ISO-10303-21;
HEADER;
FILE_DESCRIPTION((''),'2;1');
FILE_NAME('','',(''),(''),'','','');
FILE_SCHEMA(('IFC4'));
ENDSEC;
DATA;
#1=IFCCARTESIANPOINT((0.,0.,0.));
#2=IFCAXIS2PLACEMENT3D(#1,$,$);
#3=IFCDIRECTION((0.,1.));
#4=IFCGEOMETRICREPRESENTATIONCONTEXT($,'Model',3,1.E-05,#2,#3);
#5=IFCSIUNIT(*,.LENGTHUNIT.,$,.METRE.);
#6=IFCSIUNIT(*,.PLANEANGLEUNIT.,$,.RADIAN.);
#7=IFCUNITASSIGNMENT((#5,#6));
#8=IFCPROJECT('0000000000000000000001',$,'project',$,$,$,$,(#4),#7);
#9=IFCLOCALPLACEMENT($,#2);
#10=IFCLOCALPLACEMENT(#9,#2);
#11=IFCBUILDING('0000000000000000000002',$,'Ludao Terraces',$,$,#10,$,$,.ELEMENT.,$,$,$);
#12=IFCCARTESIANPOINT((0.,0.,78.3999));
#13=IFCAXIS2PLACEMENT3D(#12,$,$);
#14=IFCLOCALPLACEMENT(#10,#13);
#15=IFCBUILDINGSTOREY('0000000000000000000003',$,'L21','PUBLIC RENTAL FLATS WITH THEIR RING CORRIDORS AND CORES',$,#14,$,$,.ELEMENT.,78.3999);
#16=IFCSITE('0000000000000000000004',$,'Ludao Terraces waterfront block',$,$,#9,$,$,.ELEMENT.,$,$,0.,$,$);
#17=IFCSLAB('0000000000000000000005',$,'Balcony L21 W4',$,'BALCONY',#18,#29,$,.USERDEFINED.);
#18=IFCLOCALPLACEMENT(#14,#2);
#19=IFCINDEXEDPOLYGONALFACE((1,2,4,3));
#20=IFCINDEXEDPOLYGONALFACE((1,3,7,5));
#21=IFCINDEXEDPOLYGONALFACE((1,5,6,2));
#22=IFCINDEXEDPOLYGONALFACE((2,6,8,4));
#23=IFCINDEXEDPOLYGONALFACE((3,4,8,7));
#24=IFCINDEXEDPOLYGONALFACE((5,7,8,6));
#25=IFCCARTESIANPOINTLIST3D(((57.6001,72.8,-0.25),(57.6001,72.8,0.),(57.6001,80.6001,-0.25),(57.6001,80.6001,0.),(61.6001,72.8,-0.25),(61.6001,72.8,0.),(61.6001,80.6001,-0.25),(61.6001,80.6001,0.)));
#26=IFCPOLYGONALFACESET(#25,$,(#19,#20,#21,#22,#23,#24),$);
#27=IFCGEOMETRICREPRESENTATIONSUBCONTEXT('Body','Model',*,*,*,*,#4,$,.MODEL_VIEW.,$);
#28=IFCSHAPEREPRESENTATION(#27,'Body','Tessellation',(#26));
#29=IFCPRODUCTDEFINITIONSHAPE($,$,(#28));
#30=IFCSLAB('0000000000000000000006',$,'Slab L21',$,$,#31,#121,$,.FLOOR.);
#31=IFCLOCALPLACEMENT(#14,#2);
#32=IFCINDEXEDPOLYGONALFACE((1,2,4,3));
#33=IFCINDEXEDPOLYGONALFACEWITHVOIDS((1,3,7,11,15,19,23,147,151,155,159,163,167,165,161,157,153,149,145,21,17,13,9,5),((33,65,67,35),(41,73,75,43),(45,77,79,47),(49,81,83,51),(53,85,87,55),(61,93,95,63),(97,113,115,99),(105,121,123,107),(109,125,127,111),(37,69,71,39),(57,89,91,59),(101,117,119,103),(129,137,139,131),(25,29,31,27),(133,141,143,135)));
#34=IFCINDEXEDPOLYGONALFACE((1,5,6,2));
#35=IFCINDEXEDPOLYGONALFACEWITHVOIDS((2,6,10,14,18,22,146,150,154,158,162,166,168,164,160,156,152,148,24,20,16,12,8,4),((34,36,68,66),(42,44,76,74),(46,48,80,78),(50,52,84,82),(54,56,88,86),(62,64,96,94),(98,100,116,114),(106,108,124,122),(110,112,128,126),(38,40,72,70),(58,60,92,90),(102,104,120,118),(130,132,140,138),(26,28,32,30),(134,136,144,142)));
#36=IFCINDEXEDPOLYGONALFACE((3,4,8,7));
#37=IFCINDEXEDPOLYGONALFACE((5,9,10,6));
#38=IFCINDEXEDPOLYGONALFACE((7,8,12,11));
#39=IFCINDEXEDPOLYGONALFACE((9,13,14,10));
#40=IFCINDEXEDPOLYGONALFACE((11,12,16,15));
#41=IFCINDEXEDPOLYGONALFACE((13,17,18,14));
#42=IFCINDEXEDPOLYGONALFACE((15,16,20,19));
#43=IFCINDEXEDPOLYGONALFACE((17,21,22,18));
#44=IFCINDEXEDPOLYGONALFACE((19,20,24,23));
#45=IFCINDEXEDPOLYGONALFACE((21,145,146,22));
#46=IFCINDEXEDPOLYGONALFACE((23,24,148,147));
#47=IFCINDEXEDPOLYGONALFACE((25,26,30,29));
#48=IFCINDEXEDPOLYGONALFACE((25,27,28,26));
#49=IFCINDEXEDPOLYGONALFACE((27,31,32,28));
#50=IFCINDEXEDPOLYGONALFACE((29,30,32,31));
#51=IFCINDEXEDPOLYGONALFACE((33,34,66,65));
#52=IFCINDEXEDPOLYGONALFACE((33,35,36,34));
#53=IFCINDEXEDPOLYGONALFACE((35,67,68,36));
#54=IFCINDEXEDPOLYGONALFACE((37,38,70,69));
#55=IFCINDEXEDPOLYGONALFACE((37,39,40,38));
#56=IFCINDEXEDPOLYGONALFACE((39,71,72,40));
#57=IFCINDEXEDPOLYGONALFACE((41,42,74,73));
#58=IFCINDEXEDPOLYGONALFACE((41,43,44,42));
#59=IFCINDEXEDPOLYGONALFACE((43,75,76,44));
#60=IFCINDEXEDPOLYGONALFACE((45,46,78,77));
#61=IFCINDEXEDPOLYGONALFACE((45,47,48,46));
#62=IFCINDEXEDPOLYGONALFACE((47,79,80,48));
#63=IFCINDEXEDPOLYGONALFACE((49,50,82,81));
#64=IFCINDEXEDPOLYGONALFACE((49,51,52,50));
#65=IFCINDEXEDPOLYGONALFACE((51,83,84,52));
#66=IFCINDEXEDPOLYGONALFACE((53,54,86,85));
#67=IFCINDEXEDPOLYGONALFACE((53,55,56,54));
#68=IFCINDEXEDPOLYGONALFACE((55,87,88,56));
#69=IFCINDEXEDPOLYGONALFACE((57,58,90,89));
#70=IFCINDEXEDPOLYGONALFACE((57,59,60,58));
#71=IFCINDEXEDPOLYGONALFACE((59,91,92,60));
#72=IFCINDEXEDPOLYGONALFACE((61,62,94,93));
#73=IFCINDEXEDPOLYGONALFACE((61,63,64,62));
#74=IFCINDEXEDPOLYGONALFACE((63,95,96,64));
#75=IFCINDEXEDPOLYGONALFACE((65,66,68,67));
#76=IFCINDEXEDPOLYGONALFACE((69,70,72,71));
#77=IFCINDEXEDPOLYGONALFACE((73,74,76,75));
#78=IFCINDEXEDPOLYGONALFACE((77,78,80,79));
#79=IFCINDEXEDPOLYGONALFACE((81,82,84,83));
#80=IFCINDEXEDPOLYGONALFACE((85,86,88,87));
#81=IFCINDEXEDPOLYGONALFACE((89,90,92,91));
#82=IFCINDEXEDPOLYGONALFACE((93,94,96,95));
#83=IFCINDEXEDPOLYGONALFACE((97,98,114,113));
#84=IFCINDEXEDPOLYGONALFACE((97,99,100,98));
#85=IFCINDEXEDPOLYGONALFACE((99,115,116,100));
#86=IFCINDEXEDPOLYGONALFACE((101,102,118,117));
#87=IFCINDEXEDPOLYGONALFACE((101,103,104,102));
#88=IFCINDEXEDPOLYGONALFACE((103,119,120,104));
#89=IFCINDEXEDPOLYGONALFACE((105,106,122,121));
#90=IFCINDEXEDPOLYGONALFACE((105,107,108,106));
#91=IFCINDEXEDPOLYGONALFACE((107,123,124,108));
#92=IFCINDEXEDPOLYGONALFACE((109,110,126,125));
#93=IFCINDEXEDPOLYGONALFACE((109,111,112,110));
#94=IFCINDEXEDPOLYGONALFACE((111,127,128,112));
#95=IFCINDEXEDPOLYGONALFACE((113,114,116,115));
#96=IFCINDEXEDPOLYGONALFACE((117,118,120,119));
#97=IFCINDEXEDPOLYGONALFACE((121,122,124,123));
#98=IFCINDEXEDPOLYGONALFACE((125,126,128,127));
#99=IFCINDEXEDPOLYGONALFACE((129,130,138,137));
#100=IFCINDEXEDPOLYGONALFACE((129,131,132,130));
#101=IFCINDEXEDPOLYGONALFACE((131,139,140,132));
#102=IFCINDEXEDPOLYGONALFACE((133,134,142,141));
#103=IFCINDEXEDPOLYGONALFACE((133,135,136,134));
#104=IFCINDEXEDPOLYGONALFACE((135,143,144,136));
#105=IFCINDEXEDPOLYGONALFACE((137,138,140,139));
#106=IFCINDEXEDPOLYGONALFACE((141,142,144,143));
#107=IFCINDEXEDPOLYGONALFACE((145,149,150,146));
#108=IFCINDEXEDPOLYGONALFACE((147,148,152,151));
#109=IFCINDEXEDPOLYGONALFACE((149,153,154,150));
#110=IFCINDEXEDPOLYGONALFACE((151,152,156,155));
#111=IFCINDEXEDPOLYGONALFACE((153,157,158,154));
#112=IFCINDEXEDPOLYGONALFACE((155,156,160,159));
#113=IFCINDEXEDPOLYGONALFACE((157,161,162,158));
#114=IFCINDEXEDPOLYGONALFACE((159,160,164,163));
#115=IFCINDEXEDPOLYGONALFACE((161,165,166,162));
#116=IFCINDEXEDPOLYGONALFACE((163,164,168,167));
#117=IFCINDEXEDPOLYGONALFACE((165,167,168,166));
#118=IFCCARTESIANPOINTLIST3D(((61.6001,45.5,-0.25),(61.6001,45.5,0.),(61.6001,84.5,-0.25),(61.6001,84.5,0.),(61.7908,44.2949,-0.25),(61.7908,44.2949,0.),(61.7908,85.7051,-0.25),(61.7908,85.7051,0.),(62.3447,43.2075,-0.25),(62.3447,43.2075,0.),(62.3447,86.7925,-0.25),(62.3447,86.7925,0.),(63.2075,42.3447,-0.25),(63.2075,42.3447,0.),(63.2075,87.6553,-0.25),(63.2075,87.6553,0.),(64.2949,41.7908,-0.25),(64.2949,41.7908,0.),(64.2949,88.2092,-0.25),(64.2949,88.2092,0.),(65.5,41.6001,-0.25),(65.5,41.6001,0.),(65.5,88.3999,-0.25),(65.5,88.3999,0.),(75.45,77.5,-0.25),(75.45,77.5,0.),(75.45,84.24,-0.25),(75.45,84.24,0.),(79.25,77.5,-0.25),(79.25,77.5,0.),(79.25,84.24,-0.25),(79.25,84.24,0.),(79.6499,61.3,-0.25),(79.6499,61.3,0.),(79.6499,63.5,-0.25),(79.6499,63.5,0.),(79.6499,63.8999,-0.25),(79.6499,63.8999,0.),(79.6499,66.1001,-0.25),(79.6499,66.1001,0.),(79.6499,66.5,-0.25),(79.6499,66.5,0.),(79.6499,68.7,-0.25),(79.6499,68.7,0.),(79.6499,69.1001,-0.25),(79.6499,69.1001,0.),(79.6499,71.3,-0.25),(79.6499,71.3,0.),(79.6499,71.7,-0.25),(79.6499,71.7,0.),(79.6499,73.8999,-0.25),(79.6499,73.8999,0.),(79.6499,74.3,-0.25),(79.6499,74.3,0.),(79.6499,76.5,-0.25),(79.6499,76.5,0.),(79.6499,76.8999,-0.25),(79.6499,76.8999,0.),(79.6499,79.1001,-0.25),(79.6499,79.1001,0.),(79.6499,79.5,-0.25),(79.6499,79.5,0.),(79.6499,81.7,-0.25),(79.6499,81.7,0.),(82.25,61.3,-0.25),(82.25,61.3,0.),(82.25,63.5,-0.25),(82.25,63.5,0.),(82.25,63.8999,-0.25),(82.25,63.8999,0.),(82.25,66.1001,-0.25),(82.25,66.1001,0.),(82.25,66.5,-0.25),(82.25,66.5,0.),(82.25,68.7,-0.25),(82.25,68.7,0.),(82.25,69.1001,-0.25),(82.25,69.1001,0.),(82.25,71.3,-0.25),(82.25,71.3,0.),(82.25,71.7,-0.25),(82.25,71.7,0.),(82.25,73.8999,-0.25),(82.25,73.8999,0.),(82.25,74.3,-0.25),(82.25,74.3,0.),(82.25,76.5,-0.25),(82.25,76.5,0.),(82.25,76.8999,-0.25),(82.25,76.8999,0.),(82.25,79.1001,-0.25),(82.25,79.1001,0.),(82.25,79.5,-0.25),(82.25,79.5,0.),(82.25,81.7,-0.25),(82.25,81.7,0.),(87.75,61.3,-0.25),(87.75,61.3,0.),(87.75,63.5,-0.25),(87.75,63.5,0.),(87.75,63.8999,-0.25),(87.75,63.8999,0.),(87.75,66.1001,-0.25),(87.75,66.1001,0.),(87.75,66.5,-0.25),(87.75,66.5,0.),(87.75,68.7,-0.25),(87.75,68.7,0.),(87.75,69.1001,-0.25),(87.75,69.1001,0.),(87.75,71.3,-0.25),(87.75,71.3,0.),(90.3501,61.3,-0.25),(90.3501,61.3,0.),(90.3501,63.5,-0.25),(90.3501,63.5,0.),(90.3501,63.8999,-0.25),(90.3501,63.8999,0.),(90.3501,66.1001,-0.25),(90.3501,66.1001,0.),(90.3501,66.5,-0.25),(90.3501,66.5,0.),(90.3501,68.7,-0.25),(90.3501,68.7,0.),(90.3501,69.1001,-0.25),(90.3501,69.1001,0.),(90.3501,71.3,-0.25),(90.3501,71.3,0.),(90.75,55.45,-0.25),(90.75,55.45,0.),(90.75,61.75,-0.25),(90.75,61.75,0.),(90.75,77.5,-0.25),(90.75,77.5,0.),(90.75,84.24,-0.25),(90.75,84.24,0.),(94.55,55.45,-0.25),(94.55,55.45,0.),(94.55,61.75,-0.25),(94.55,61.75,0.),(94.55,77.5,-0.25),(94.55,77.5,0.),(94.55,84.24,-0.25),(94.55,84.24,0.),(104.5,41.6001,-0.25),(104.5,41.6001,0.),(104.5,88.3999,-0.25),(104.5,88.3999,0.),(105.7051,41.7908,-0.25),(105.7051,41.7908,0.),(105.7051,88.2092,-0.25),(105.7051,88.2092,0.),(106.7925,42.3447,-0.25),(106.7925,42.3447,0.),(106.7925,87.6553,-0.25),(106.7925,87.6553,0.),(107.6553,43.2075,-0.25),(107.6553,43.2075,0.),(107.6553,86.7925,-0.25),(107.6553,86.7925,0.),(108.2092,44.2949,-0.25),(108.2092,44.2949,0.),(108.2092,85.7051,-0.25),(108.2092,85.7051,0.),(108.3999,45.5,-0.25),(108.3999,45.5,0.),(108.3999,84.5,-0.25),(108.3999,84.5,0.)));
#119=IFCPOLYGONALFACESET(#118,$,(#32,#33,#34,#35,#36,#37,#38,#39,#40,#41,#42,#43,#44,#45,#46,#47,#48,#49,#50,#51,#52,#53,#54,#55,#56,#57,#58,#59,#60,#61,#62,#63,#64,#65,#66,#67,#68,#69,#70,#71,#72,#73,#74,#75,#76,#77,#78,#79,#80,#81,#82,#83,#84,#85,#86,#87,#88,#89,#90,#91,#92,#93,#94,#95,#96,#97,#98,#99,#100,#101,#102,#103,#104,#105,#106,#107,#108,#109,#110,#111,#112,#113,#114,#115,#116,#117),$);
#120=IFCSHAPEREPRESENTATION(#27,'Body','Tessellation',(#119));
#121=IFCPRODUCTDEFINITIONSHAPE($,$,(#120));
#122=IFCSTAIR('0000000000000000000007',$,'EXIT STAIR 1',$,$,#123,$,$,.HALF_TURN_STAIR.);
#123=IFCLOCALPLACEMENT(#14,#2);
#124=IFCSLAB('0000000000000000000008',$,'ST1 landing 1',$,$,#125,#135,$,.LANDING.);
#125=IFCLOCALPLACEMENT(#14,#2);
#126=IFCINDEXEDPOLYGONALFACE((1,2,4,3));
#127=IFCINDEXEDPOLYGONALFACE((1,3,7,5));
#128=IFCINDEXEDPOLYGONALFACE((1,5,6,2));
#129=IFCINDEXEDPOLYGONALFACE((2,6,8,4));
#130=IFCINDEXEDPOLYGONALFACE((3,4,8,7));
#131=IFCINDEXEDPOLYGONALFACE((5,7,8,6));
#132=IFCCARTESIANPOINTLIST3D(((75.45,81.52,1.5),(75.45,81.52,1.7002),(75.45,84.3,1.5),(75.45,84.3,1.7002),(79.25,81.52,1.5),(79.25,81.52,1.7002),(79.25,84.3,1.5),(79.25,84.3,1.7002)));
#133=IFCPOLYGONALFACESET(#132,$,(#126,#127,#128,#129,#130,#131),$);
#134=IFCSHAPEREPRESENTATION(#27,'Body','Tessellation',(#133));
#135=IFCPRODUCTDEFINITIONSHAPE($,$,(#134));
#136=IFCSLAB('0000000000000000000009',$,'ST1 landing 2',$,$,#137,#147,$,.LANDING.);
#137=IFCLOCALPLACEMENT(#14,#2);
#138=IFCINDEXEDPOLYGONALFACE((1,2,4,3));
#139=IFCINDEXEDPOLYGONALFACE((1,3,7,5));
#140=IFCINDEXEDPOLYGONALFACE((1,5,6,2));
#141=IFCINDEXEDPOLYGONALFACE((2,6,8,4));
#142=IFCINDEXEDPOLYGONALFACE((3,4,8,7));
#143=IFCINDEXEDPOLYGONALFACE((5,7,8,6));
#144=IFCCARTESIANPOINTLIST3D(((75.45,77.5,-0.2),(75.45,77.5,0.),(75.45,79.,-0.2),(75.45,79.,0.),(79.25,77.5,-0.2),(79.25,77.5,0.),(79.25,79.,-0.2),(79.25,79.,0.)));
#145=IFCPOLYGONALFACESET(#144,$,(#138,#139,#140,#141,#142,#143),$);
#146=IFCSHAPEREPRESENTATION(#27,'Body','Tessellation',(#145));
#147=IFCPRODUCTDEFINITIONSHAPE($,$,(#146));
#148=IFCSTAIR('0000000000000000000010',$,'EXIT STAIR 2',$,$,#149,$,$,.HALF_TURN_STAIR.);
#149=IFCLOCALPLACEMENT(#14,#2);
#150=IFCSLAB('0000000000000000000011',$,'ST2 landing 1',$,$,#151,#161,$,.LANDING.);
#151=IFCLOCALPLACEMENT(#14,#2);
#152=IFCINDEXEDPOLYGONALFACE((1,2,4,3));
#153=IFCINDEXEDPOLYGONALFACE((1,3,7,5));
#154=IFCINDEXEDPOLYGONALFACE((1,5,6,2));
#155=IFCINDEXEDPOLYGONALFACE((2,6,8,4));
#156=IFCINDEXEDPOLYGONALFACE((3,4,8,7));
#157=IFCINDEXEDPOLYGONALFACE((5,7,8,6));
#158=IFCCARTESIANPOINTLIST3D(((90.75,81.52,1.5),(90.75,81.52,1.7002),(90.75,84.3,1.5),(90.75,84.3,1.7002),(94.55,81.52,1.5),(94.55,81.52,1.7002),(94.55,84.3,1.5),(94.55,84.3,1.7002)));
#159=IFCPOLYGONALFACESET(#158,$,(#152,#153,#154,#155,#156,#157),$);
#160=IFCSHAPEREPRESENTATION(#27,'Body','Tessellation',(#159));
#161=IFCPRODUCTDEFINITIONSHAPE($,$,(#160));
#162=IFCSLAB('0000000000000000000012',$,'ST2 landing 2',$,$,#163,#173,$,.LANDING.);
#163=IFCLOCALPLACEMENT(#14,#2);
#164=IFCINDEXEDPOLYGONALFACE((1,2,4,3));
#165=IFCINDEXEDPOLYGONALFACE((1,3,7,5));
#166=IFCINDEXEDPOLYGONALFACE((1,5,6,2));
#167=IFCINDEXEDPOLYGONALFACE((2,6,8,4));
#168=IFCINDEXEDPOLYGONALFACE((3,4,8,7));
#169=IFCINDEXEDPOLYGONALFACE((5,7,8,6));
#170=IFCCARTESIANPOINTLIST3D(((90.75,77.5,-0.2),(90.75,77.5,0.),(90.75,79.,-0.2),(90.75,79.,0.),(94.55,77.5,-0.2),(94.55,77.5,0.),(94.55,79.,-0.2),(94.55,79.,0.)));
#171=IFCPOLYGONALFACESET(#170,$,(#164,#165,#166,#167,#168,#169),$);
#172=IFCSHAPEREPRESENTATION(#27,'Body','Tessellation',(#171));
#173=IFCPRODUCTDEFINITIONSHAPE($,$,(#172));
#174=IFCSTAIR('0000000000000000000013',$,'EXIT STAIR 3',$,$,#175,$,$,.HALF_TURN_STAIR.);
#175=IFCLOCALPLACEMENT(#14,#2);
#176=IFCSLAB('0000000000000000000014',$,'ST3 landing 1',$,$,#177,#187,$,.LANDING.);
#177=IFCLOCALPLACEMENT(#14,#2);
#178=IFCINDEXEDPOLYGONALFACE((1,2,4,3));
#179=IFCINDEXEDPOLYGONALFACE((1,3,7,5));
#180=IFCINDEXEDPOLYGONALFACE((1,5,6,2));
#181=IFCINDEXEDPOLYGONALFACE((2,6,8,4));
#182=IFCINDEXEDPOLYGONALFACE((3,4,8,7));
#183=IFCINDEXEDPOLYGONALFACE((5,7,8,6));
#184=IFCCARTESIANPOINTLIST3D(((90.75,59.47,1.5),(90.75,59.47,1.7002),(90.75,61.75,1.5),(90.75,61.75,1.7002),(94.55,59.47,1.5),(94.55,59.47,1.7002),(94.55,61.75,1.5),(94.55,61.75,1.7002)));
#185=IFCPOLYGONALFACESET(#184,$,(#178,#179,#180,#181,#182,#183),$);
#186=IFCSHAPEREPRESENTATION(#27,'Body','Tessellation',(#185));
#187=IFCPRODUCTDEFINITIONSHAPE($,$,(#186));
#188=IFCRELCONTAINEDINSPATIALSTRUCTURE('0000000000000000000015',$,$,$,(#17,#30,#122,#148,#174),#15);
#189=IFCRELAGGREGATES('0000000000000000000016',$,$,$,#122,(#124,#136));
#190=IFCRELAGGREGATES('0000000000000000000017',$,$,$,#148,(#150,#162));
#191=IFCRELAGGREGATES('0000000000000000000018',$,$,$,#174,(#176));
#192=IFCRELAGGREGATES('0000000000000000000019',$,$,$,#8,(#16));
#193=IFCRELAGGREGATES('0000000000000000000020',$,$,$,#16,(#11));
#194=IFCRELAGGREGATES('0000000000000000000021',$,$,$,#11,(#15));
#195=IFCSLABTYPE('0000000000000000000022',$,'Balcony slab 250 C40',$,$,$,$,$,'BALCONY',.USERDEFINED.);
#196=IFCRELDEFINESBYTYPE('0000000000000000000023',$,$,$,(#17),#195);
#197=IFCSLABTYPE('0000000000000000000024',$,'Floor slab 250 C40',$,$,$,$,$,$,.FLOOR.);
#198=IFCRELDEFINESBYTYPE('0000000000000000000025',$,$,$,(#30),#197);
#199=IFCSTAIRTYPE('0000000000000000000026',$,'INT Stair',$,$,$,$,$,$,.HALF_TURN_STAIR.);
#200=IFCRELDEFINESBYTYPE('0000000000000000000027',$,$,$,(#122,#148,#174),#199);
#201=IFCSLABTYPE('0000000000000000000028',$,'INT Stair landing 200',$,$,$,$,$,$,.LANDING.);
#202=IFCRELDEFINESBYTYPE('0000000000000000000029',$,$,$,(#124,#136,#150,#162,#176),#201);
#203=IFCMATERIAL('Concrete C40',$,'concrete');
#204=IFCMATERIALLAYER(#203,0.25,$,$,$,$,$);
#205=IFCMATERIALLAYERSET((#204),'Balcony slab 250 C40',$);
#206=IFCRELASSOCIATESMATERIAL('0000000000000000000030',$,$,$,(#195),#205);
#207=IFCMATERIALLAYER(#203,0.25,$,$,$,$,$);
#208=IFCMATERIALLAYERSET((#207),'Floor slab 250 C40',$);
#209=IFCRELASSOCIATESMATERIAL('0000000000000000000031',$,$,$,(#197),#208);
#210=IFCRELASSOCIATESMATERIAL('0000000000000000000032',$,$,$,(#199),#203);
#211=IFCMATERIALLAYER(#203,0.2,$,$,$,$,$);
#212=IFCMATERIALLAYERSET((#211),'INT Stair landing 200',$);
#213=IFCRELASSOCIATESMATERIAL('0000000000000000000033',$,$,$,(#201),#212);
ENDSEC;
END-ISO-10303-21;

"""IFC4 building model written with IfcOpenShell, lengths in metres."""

from ifc_helpers import new_model, si_unit, direction, frame, origin, place, context, subcontext, project, spatial, polyline, outline, extrude, material, layer, layer_set, type_object, element, aggregate, save


model = new_model("IFC4")

# Units and contexts
model_context = context("Model", 3, precision=1e-05, world=origin(), true_north=direction((0.0, 1.0)))
body_context = subcontext(model_context, "Body", "Model", "MODEL_VIEW")
ifc_project = project(units=[si_unit("LENGTHUNIT", "METRE"), si_unit("PLANEANGLEUNIT", "RADIAN")], contexts=[model_context])

# Site, building, storey
site_placement = place(None, origin())
site = spatial("IfcSite", under=ifc_project, at=site_placement, Name="Ludao Terraces waterfront block", CompositionType="ELEMENT", RefElevation=0.0)
building_placement = place(site_placement, origin())
building = spatial("IfcBuilding", under=site, at=building_placement, Name="Ludao Terraces", CompositionType="ELEMENT")
storey_placement = place(building_placement, frame((0.0, 0.0, 78.3999)))
storey = spatial("IfcBuildingStorey", under=building, at=storey_placement, Name="L21", Description="PUBLIC RENTAL FLATS WITH THEIR RING CORRIDORS AND CORES", CompositionType="ELEMENT", Elevation=78.3999)

# Shared definitions
ifc_material_1 = material(Name="Concrete C40", Category="concrete")

# Slabs
ifc_layer_1 = layer(ifc_material_1, 0.25)
ifc_layer_set_1 = layer_set([ifc_layer_1], Name="Balcony slab 250 C40")
slab_type_1 = type_object("IfcSlabType", Name="Balcony slab 250 C40", ElementType="BALCONY", PredefinedType="USERDEFINED", material=ifc_layer_set_1)
slab_1_placement = place(storey_placement, frame((0.0, 0.0, -0.25)))
element("IfcSlab", 1, at=slab_1_placement, inside=storey, type_object=slab_type_1, Name="Balcony L21 W4", ObjectType="BALCONY", PredefinedType="USERDEFINED", context=body_context, shape_type="SweptSolid", body=[
    extrude(outline(polyline([(57.6001, 72.8), (61.6001, 72.8), (61.6001, 80.6001), (57.6001, 80.6001), (57.6001, 72.8)])), origin(), (0.0, 0.0, 1.0), 0.25),
])
ifc_layer_2 = layer(ifc_material_1, 0.25)
ifc_layer_set_2 = layer_set([ifc_layer_2], Name="Floor slab 250 C40")
slab_type_2 = type_object("IfcSlabType", Name="Floor slab 250 C40", PredefinedType="FLOOR", material=ifc_layer_set_2)
slab_2_placement = place(storey_placement, frame((0.0, 0.0, -0.25)))
element("IfcSlab", 2, at=slab_2_placement, inside=storey, type_object=slab_type_2, Name="Slab L21", PredefinedType="FLOOR", context=body_context, shape_type="SweptSolid", body=[
    extrude(outline(polyline([(104.5, 41.6001), (105.7051, 41.7908), (106.7925, 42.3447), (107.6553, 43.2075), (108.2092, 44.2949), (108.3999, 45.5), (108.3999, 84.5), (108.2092, 85.7051), (107.6553, 86.7925), (106.7925, 87.6553), (105.7051, 88.2092), (104.5, 88.3999), (65.5, 88.3999), (64.2949, 88.2092), (63.2075, 87.6553), (62.3447, 86.7925), (61.7908, 85.7051), (61.6001, 84.5), (61.6001, 45.5), (61.7908, 44.2949), (62.3447, 43.2075), (63.2075, 42.3447), (64.2949, 41.7908), (65.5, 41.6001), (104.5, 41.6001)]), holes=[polyline([(79.6499, 61.3), (82.25, 61.3), (82.25, 63.5), (79.6499, 63.5), (79.6499, 61.3)]), polyline([(79.6499, 63.8999), (82.25, 63.8999), (82.25, 66.1001), (79.6499, 66.1001), (79.6499, 63.8999)]), polyline([(79.6499, 66.5), (82.25, 66.5), (82.25, 68.7), (79.6499, 68.7), (79.6499, 66.5)]), polyline([(79.6499, 69.1001), (82.25, 69.1001), (82.25, 71.3), (79.6499, 71.3), (79.6499, 69.1001)]), polyline([(79.6499, 71.7), (82.25, 71.7), (82.25, 73.8999), (79.6499, 73.8999), (79.6499, 71.7)]), polyline([(79.6499, 74.3), (82.25, 74.3), (82.25, 76.5), (79.6499, 76.5), (79.6499, 74.3)]), polyline([(79.6499, 76.8999), (82.25, 76.8999), (82.25, 79.1001), (79.6499, 79.1001), (79.6499, 76.8999)]), polyline([(79.6499, 79.5), (82.25, 79.5), (82.25, 81.7), (79.6499, 81.7), (79.6499, 79.5)]), polyline([(87.75, 61.3), (90.3501, 61.3), (90.3501, 63.5), (87.75, 63.5), (87.75, 61.3)]), polyline([(87.75, 63.8999), (90.3501, 63.8999), (90.3501, 66.1001), (87.75, 66.1001), (87.75, 63.8999)]), polyline([(87.75, 66.5), (90.3501, 66.5), (90.3501, 68.7), (87.75, 68.7), (87.75, 66.5)]), polyline([(87.75, 69.1001), (90.3501, 69.1001), (90.3501, 71.3), (87.75, 71.3), (87.75, 69.1001)]), polyline([(75.45, 77.5), (79.25, 77.5), (79.25, 84.24), (75.45, 84.24), (75.45, 77.5)]), polyline([(90.75, 77.5), (94.55, 77.5), (94.55, 84.24), (90.75, 84.24), (90.75, 77.5)]), polyline([(90.75, 55.45), (94.55, 55.45), (94.55, 61.75), (90.75, 61.75), (90.75, 55.45)])]), origin(), (0.0, 0.0, 1.0), 0.25),
])

# Stairs, slabs
stair_type = type_object("IfcStairType", Name="INT Stair", PredefinedType="HALF_TURN_STAIR", material=ifc_material_1)
stair_1_placement = place(storey_placement, origin())
stair_1 = element("IfcStair", 3, at=stair_1_placement, inside=storey, type_object=stair_type, Name="EXIT STAIR 1", PredefinedType="HALF_TURN_STAIR")
ifc_layer_3 = layer(ifc_material_1, 0.2)
ifc_layer_set_3 = layer_set([ifc_layer_3], Name="INT Stair landing 200")
slab_type_3 = type_object("IfcSlabType", Name="INT Stair landing 200", PredefinedType="LANDING", material=ifc_layer_set_3)
slab_3_placement = place(storey_placement, frame((0.0, 0.0, 1.5)))
slab_3 = element("IfcSlab", 4, at=slab_3_placement, type_object=slab_type_3, Name="ST1 landing 1", PredefinedType="LANDING", context=body_context, shape_type="SweptSolid", body=[
    extrude(outline(polyline([(75.45, 81.52), (79.25, 81.52), (79.25, 84.3), (75.45, 84.3), (75.45, 81.52)])), origin(), (0.0, 0.0, 1.0), 0.2002),
])
slab_4_placement = place(storey_placement, frame((0.0, 0.0, -0.2)))
slab_4 = element("IfcSlab", 5, at=slab_4_placement, type_object=slab_type_3, Name="ST1 landing 2", PredefinedType="LANDING", context=body_context, shape_type="SweptSolid", body=[
    extrude(outline(polyline([(75.45, 77.5), (79.25, 77.5), (79.25, 79.0), (75.45, 79.0), (75.45, 77.5)])), origin(), (0.0, 0.0, 1.0), 0.2),
])
aggregate(stair_1, [slab_3, slab_4])
stair_2_placement = place(storey_placement, origin())
stair_2 = element("IfcStair", 6, at=stair_2_placement, inside=storey, type_object=stair_type, Name="EXIT STAIR 2", PredefinedType="HALF_TURN_STAIR")
slab_5_placement = place(storey_placement, frame((0.0, 0.0, 1.5)))
slab_5 = element("IfcSlab", 7, at=slab_5_placement, type_object=slab_type_3, Name="ST2 landing 1", PredefinedType="LANDING", context=body_context, shape_type="SweptSolid", body=[
    extrude(outline(polyline([(90.75, 81.52), (94.55, 81.52), (94.55, 84.3), (90.75, 84.3), (90.75, 81.52)])), origin(), (0.0, 0.0, 1.0), 0.2002),
])
slab_6_placement = place(storey_placement, frame((0.0, 0.0, -0.2)))
slab_6 = element("IfcSlab", 8, at=slab_6_placement, type_object=slab_type_3, Name="ST2 landing 2", PredefinedType="LANDING", context=body_context, shape_type="SweptSolid", body=[
    extrude(outline(polyline([(90.75, 77.5), (94.55, 77.5), (94.55, 79.0), (90.75, 79.0), (90.75, 77.5)])), origin(), (0.0, 0.0, 1.0), 0.2),
])
aggregate(stair_2, [slab_5, slab_6])
stair_3_placement = place(storey_placement, origin())
stair_3 = element("IfcStair", 9, at=stair_3_placement, inside=storey, type_object=stair_type, Name="EXIT STAIR 3", PredefinedType="HALF_TURN_STAIR")
slab_7_placement = place(storey_placement, frame((0.0, 0.0, 1.5)))
slab_7 = element("IfcSlab", 10, at=slab_7_placement, type_object=slab_type_3, Name="ST3 landing 1", PredefinedType="LANDING", context=body_context, shape_type="SweptSolid", body=[
    extrude(outline(polyline([(90.75, 59.47), (94.55, 59.47), (94.55, 61.75), (90.75, 61.75), (90.75, 59.47)])), origin(), (0.0, 0.0, 1.0), 0.2002),
])
aggregate(stair_3, [slab_7])

save(model, "model.ifc")
